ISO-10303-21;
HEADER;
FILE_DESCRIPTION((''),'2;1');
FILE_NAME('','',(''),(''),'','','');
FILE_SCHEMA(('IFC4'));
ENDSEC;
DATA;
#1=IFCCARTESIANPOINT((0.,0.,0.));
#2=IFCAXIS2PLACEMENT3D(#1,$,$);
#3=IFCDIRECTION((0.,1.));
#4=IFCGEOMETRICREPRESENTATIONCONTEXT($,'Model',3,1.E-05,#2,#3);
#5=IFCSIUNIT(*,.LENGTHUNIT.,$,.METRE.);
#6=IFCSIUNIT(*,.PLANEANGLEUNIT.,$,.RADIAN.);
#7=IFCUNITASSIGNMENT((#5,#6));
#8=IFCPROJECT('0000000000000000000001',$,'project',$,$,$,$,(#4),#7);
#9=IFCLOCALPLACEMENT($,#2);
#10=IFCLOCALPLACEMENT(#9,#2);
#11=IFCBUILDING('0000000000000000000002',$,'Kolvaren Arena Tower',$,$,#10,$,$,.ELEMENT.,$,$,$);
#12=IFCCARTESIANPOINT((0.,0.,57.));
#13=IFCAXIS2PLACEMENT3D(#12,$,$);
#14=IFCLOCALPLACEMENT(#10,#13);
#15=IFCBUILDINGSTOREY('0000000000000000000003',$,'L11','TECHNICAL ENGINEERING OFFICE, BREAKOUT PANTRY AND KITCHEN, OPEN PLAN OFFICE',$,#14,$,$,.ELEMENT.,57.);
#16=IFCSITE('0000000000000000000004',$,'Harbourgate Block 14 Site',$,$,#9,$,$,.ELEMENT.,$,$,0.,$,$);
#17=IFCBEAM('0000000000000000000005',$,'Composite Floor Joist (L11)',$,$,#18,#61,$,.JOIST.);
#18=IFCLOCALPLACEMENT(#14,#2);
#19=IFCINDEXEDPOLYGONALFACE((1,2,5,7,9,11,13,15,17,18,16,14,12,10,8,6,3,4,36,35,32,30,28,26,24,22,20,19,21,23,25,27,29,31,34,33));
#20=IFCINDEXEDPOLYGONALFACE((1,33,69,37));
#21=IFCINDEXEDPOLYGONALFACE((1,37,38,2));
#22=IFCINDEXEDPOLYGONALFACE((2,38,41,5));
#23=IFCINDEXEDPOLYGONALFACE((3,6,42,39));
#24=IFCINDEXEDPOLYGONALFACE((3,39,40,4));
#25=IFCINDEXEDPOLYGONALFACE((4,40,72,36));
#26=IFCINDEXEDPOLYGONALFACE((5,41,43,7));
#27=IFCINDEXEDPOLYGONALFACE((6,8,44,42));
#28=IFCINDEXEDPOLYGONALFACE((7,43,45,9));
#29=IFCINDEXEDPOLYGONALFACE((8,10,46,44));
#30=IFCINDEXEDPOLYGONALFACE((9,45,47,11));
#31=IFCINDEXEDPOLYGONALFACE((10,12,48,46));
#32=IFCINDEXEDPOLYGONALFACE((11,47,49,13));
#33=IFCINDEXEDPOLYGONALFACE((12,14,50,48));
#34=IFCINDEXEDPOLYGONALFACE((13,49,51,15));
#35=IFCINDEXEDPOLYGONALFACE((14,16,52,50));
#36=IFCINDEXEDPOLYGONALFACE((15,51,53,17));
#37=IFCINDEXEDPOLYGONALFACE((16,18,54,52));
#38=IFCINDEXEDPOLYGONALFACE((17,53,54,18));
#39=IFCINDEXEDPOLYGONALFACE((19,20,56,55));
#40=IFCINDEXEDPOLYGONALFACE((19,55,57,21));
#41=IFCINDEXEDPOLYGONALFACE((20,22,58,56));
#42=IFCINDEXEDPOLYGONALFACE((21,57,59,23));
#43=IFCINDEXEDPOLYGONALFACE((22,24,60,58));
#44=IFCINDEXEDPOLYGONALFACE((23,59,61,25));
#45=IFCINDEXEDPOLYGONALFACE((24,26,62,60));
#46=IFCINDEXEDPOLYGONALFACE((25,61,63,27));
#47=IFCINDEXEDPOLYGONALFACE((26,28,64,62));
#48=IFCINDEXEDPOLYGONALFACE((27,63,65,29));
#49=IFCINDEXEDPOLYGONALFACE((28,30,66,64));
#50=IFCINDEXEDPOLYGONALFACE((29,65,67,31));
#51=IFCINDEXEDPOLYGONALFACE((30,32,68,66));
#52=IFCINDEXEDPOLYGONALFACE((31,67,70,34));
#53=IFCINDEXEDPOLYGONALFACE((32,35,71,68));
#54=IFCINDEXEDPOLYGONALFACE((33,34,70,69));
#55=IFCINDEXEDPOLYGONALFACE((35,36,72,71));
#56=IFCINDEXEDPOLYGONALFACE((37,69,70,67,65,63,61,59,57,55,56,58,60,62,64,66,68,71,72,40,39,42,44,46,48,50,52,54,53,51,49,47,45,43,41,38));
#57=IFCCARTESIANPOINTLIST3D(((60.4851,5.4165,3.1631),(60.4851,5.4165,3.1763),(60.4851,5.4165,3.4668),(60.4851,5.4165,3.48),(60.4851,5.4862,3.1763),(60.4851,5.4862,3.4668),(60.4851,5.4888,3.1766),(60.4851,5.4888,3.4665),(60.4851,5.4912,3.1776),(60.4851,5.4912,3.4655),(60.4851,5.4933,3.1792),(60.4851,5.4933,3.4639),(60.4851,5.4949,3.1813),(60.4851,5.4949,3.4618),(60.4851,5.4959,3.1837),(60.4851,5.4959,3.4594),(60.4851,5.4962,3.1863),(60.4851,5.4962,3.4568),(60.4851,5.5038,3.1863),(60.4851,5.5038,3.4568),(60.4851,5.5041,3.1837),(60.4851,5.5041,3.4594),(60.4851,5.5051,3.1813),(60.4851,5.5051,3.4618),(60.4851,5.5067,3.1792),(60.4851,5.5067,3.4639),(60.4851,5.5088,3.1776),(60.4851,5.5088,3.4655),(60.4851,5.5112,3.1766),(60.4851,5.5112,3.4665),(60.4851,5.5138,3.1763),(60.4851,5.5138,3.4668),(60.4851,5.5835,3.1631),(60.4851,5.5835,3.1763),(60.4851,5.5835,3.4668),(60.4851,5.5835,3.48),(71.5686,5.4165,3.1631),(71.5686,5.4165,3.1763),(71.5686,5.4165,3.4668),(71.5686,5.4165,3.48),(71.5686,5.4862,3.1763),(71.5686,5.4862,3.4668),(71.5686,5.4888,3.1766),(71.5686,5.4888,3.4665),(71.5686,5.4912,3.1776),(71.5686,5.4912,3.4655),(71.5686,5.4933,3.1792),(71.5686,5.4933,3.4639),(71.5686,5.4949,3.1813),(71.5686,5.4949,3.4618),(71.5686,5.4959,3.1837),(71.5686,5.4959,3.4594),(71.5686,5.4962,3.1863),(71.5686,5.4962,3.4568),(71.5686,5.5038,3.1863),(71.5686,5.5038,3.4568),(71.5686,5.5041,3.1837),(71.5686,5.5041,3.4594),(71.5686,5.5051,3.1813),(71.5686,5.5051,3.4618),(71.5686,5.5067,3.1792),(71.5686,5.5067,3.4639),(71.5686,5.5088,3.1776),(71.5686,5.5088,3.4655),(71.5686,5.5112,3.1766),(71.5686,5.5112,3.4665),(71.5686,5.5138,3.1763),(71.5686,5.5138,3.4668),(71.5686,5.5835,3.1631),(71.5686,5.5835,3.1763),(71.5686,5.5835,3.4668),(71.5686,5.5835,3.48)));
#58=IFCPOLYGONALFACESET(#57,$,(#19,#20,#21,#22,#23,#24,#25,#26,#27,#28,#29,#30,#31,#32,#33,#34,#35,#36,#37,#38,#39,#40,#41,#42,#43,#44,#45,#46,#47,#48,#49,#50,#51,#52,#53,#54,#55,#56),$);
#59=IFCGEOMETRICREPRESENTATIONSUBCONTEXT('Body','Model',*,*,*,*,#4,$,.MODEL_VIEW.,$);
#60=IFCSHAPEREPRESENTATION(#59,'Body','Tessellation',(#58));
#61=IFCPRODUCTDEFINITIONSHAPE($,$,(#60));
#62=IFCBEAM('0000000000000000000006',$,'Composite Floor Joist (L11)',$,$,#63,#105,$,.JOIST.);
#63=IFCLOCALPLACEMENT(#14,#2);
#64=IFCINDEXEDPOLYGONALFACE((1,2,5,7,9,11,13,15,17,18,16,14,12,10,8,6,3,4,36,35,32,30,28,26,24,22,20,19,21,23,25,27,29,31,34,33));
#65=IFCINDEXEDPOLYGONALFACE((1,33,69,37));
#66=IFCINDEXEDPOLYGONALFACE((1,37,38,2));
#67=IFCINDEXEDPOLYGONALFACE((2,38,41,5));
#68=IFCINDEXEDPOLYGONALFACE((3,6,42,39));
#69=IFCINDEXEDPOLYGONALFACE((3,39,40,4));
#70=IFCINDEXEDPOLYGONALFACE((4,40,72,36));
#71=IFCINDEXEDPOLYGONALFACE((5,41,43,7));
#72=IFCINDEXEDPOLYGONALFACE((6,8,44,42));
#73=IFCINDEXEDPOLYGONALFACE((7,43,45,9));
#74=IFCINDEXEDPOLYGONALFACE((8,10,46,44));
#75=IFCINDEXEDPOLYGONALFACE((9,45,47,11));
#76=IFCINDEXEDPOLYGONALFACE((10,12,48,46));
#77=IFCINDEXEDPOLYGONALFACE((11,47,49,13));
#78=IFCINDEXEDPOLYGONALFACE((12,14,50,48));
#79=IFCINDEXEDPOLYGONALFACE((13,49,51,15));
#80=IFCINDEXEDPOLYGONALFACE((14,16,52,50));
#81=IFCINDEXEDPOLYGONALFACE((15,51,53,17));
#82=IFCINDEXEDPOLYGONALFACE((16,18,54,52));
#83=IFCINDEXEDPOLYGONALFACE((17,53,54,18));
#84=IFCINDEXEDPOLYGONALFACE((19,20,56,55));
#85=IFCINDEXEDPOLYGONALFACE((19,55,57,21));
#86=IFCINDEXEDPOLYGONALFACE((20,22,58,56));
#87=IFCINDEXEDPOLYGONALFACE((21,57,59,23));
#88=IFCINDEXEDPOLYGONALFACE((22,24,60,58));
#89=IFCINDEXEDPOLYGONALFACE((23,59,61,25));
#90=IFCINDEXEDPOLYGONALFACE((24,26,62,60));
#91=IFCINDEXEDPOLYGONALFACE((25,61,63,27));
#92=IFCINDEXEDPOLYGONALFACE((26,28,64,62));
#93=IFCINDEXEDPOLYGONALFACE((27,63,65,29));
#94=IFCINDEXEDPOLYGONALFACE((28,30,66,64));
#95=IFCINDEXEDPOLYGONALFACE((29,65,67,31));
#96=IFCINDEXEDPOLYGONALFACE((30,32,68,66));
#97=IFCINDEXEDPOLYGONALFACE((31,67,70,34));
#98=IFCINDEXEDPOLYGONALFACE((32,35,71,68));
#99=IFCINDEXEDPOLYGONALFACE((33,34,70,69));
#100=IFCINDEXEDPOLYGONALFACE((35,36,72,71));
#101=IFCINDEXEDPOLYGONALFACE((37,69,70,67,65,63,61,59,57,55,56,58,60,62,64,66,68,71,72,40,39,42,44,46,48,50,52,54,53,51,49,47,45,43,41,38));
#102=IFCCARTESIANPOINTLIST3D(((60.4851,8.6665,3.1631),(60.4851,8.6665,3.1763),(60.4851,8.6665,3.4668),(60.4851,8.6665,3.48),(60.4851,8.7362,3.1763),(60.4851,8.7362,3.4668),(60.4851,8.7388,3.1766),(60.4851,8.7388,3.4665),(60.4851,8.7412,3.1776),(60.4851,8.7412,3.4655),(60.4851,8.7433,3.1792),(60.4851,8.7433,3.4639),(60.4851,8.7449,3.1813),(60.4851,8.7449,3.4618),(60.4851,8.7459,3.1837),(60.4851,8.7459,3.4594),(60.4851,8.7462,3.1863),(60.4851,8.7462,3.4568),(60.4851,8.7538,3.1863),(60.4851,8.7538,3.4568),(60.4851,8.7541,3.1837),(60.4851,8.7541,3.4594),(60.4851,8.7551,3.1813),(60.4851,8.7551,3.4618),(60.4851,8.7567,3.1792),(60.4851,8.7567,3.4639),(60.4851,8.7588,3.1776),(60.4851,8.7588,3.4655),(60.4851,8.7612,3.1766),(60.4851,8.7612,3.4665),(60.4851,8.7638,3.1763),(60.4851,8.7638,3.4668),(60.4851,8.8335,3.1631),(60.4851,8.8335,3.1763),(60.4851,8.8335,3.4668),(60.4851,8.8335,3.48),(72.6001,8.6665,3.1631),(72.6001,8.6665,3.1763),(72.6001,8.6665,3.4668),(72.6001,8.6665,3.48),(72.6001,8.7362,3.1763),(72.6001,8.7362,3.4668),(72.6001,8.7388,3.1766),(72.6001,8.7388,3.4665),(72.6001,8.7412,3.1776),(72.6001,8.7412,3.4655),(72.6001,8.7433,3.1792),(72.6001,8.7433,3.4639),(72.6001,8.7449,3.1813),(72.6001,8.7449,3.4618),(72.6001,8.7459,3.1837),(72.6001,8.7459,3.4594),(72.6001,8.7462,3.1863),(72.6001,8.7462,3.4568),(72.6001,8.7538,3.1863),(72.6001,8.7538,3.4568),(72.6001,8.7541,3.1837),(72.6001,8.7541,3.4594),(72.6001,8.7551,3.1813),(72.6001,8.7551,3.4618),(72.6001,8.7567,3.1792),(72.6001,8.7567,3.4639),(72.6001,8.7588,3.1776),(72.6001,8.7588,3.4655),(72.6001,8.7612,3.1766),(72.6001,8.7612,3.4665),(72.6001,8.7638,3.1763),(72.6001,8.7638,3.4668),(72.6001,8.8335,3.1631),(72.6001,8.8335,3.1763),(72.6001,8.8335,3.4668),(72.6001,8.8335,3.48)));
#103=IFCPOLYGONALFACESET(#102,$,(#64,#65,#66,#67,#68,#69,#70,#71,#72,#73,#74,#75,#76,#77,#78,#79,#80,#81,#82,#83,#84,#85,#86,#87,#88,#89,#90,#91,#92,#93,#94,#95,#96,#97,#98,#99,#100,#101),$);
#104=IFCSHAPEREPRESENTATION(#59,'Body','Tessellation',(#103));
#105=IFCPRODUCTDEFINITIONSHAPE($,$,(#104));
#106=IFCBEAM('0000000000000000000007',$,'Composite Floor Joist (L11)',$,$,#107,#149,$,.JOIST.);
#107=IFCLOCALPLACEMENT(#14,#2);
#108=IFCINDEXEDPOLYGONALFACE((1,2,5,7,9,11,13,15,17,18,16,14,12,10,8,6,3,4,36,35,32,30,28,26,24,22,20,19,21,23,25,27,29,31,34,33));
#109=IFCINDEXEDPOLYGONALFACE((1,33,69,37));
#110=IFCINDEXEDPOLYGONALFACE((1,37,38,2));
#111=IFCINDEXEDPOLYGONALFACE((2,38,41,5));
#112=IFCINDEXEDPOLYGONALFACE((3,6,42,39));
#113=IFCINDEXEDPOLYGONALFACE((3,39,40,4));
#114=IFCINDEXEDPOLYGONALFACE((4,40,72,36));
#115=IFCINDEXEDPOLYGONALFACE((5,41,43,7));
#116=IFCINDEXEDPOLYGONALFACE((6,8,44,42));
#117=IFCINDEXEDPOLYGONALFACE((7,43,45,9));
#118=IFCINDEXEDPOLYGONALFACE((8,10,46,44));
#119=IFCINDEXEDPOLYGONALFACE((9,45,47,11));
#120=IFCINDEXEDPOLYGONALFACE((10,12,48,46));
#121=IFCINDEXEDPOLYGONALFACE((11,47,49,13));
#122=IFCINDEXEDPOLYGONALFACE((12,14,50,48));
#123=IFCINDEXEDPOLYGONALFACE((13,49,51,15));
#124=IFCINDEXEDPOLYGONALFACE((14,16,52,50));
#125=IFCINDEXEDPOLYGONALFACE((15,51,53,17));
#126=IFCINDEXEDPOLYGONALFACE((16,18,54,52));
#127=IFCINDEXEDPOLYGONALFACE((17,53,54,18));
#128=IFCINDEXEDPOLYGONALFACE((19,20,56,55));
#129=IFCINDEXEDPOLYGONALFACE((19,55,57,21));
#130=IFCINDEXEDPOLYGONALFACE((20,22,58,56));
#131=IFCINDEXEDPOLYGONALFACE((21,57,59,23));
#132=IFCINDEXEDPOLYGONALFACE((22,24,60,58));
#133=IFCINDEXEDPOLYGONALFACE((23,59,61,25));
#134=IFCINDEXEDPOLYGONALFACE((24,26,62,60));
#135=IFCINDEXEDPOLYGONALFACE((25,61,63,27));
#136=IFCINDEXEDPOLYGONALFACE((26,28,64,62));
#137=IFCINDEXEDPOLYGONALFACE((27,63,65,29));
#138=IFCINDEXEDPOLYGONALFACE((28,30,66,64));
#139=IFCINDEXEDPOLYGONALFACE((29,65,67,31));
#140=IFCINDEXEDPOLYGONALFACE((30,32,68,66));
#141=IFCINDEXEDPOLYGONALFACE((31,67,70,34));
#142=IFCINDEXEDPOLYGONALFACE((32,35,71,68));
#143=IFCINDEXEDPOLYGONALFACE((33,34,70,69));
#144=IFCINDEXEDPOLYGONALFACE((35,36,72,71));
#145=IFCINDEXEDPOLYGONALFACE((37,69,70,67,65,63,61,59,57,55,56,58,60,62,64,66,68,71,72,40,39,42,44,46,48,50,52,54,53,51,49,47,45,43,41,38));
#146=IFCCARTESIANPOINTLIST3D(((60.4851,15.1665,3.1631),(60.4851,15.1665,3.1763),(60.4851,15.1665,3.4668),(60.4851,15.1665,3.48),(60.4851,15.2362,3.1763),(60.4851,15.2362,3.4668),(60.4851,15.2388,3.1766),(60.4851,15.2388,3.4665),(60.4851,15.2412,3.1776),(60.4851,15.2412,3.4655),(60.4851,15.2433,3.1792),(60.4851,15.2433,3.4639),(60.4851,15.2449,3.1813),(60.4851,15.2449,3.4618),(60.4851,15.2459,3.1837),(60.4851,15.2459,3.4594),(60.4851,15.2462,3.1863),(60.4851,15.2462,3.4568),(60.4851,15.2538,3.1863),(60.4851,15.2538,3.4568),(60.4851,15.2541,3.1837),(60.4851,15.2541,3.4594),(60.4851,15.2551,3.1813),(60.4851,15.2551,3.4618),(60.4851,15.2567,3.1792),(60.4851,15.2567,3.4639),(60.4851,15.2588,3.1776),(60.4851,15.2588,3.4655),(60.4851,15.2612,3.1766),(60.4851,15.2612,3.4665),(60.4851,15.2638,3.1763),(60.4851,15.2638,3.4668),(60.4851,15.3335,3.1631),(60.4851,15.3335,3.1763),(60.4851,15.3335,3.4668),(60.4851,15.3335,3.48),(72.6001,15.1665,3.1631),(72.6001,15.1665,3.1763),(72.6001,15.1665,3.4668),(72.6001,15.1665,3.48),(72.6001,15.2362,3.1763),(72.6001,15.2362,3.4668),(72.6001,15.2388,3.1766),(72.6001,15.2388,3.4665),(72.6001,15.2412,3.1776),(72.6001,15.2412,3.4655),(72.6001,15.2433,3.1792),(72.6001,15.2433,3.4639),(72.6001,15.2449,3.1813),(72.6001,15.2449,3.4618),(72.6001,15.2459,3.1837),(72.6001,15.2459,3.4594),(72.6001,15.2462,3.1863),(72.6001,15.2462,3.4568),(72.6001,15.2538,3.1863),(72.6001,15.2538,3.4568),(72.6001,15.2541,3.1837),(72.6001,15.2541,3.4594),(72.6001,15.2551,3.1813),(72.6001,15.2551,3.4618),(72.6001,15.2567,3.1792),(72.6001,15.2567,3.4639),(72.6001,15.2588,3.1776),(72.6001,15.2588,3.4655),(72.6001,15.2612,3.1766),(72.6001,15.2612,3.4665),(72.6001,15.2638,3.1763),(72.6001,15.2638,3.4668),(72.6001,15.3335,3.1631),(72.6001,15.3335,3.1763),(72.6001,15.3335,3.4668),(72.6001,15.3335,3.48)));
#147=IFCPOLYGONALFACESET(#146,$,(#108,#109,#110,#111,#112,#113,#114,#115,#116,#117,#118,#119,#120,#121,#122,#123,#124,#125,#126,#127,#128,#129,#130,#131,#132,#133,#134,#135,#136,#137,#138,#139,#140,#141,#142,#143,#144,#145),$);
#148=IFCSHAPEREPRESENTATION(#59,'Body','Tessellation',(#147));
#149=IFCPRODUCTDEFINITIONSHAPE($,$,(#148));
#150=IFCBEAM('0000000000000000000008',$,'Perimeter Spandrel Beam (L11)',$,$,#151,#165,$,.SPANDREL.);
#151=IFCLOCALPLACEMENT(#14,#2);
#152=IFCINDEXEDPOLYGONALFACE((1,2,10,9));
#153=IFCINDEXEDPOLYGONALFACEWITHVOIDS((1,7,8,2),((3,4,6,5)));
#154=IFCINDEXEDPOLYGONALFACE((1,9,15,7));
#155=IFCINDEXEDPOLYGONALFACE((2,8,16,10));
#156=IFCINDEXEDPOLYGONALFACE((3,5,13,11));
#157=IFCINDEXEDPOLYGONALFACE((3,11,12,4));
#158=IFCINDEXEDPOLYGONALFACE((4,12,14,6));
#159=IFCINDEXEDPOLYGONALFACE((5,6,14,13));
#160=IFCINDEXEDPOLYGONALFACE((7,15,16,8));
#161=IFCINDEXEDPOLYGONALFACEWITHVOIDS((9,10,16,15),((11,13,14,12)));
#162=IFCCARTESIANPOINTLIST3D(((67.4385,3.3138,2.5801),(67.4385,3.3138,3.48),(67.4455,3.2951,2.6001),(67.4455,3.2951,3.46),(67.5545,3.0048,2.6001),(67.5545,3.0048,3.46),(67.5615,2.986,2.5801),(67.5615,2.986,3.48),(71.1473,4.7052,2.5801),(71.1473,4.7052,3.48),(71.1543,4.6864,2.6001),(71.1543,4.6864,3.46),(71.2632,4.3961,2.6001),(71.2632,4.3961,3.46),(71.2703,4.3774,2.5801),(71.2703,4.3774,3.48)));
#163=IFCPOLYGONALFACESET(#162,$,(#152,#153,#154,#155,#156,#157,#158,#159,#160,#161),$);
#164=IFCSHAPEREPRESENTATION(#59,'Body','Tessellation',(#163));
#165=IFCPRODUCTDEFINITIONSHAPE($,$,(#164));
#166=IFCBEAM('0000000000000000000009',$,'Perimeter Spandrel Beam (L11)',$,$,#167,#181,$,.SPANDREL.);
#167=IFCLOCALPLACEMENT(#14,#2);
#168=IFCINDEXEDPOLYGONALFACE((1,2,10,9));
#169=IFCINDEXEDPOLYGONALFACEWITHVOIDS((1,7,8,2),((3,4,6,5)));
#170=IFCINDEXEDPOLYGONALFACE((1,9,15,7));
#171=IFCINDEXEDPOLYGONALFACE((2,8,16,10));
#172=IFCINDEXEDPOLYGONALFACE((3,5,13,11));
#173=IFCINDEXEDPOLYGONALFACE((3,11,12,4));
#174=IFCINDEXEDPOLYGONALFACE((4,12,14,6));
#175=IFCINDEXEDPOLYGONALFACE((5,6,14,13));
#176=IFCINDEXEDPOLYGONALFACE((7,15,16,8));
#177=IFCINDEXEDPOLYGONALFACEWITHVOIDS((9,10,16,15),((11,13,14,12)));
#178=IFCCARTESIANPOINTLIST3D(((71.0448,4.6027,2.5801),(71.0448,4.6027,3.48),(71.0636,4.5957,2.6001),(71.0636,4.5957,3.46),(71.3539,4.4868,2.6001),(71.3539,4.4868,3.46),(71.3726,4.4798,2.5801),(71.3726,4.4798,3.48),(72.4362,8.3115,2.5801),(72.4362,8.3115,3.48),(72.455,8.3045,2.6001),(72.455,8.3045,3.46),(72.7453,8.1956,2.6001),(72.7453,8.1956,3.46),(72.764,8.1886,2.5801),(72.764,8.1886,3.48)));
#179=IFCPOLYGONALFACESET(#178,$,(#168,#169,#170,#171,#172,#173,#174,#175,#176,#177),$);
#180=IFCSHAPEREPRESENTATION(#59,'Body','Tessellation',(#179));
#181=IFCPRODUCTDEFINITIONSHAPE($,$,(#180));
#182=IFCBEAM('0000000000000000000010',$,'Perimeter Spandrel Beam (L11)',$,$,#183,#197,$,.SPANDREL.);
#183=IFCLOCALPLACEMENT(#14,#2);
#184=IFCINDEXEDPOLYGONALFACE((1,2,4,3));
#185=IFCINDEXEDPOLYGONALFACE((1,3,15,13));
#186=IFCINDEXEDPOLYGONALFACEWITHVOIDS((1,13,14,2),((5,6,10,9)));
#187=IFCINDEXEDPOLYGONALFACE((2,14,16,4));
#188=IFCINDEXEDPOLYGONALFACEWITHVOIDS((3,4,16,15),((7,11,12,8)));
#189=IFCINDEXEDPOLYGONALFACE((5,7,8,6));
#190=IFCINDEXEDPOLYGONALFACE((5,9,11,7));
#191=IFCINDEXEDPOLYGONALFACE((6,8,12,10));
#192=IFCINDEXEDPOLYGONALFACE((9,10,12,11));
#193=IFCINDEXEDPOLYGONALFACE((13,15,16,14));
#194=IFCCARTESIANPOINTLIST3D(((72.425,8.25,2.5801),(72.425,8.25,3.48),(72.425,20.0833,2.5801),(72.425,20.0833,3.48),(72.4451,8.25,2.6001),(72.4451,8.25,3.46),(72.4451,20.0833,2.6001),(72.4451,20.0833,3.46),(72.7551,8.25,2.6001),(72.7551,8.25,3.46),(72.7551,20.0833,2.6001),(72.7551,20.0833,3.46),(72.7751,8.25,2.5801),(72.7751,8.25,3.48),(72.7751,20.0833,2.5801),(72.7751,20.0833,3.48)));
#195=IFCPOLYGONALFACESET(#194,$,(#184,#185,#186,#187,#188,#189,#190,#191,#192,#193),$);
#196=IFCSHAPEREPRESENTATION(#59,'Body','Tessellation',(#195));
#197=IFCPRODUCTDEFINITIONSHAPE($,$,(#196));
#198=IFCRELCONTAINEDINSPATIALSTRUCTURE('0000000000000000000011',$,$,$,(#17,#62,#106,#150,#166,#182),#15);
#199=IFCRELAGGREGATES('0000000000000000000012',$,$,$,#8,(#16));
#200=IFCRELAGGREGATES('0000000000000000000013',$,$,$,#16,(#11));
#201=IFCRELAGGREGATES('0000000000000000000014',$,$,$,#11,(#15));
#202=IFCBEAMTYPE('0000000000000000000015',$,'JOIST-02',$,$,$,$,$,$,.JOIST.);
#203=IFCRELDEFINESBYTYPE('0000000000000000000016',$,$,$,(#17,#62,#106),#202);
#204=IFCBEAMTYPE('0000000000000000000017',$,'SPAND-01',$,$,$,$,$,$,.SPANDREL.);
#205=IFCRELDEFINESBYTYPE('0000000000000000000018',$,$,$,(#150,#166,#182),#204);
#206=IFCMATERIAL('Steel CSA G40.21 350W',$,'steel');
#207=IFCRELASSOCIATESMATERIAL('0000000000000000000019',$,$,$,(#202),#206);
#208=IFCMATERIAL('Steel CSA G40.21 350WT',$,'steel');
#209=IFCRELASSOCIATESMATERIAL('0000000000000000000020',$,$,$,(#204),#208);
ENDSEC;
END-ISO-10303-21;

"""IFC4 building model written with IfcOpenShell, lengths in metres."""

from ifc_helpers import new_model, si_unit, direction, frame, origin, origin_2d, place, context, subcontext, project, spatial, hollow_rectangle, i_section, extrude, material, material_profile, profile_set, type_object, element, save


model = new_model("IFC4")

# Units and contexts
model_context = context("Model", 3, precision=1e-05, world=origin(), true_north=direction((0.0, 1.0)))
body_context = subcontext(model_context, "Body", "Model", "MODEL_VIEW")
ifc_project = project(units=[si_unit("LENGTHUNIT", "METRE"), si_unit("PLANEANGLEUNIT", "RADIAN")], contexts=[model_context])

# Site, building, storey
site_placement = place(None, origin())
site = spatial("IfcSite", under=ifc_project, at=site_placement, Name="Harbourgate Block 14 Site", CompositionType="ELEMENT", RefElevation=0.0)
building_placement = place(site_placement, origin())
building = spatial("IfcBuilding", under=site, at=building_placement, Name="Kolvaren Arena Tower", CompositionType="ELEMENT")
storey_placement = place(building_placement, frame((0.0, 0.0, 57.0)))
storey = spatial("IfcBuildingStorey", under=building, at=storey_placement, Name="L11", Description="TECHNICAL ENGINEERING OFFICE, BREAKOUT PANTRY AND KITCHEN, OPEN PLAN OFFICE", CompositionType="ELEMENT", Elevation=57.0)

# Beams
ifc_material_1 = material(Name="Steel CSA G40.21 350W", Category="steel")
ifc_material_profile_1 = material_profile(ifc_material_1, i_section(OverallWidth=0.167, OverallDepth=0.3169, WebThickness=0.0076, FlangeThickness=0.0132, FilletRadius=0.01, at=origin_2d()), Name="W310x52")
ifc_profile_set_1 = profile_set([ifc_material_profile_1], Name="Steel CSA G40.21 350W")
beam_type_1 = type_object("IfcBeamType", Name="JOIST-02", PredefinedType="JOIST", material=ifc_profile_set_1)
beam_1_placement = place(storey_placement, frame((60.4851, 5.5, 3.3215), z_axis=(1.0, 0.0, 0.0), x_axis=(0.0, 1.0, 0.0)))
element("IfcBeam", 1, at=beam_1_placement, inside=storey, type_object=beam_type_1, Name="Composite Floor Joist (L11)", PredefinedType="JOIST", context=body_context, shape_type="SweptSolid", body=[
    extrude(i_section(OverallWidth=0.167, OverallDepth=0.3169, WebThickness=0.0076, FlangeThickness=0.0132, FilletRadius=0.01, at=origin_2d()), origin(), (0.0, 0.0, 1.0), 11.0835),
])
for number, where, z_axis, x_axis, name in (
    (2, (60.4851, 8.75, 3.3215), (1.0, 0.0, 0.0), (0.0, 1.0, 0.0), "Composite Floor Joist (L11)"),
    (3, (60.4851, 15.25, 3.3215), (1.0, 0.0, 0.0), (0.0, 1.0, 0.0), "Composite Floor Joist (L11)"),
):
    element("IfcBeam", number, at=place(storey_placement, frame(where, z_axis=z_axis, x_axis=x_axis)), inside=storey, type_object=beam_type_1, Name=name, PredefinedType="JOIST", context=body_context, shape_type="SweptSolid", body=[
        extrude(i_section(OverallWidth=0.167, OverallDepth=0.3169, WebThickness=0.0076, FlangeThickness=0.0132, FilletRadius=0.01, at=origin_2d()), origin(), (0.0, 0.0, 1.0), 12.115),
    ])
ifc_material_2 = material(Name="Steel CSA G40.21 350WT", Category="steel")
ifc_material_profile_2 = material_profile(ifc_material_2, hollow_rectangle(XDim=0.3501, YDim=0.8999, WallThickness=0.02, at=origin_2d()), Name="HSS 900x350x20")
ifc_profile_set_2 = profile_set([ifc_material_profile_2], Name="Steel CSA G40.21 350WT")
beam_type_2 = type_object("IfcBeamType", Name="SPAND-01", PredefinedType="SPANDREL", material=ifc_profile_set_2)
for number, where, z_axis, x_axis, name in (
    (4, (67.5, 3.1499, 3.03), (0.936281, 0.351252, 0.0), (-0.351252, 0.936281, 0.0), "Perimeter Spandrel Beam (L11)"),
    (5, (71.2087, 4.5413, 3.03), (0.351252, 0.936281, 0.0), (-0.936281, 0.351252, 0.0), "Perimeter Spandrel Beam (L11)"),
):
    element("IfcBeam", number, at=place(storey_placement, frame(where, z_axis=z_axis, x_axis=x_axis)), inside=storey, type_object=beam_type_2, Name=name, PredefinedType="SPANDREL", context=body_context, shape_type="SweptSolid", body=[
        extrude(hollow_rectangle(XDim=0.3501, YDim=0.8999, WallThickness=0.02, at=origin_2d()), origin(), (0.0, 0.0, 1.0), 3.9612),
    ])
beam_2_placement = place(storey_placement, frame((72.6001, 8.25, 3.03), z_axis=(0.0, 1.0, 0.0), x_axis=(-1.0, 0.0, 0.0)))
element("IfcBeam", 6, at=beam_2_placement, inside=storey, type_object=beam_type_2, Name="Perimeter Spandrel Beam (L11)", PredefinedType="SPANDREL", context=body_context, shape_type="SweptSolid", body=[
    extrude(hollow_rectangle(XDim=0.3501, YDim=0.8999, WallThickness=0.02, at=origin_2d()), origin(), (0.0, 0.0, 1.0), 11.8333),
])

save(model, "model.ifc")
